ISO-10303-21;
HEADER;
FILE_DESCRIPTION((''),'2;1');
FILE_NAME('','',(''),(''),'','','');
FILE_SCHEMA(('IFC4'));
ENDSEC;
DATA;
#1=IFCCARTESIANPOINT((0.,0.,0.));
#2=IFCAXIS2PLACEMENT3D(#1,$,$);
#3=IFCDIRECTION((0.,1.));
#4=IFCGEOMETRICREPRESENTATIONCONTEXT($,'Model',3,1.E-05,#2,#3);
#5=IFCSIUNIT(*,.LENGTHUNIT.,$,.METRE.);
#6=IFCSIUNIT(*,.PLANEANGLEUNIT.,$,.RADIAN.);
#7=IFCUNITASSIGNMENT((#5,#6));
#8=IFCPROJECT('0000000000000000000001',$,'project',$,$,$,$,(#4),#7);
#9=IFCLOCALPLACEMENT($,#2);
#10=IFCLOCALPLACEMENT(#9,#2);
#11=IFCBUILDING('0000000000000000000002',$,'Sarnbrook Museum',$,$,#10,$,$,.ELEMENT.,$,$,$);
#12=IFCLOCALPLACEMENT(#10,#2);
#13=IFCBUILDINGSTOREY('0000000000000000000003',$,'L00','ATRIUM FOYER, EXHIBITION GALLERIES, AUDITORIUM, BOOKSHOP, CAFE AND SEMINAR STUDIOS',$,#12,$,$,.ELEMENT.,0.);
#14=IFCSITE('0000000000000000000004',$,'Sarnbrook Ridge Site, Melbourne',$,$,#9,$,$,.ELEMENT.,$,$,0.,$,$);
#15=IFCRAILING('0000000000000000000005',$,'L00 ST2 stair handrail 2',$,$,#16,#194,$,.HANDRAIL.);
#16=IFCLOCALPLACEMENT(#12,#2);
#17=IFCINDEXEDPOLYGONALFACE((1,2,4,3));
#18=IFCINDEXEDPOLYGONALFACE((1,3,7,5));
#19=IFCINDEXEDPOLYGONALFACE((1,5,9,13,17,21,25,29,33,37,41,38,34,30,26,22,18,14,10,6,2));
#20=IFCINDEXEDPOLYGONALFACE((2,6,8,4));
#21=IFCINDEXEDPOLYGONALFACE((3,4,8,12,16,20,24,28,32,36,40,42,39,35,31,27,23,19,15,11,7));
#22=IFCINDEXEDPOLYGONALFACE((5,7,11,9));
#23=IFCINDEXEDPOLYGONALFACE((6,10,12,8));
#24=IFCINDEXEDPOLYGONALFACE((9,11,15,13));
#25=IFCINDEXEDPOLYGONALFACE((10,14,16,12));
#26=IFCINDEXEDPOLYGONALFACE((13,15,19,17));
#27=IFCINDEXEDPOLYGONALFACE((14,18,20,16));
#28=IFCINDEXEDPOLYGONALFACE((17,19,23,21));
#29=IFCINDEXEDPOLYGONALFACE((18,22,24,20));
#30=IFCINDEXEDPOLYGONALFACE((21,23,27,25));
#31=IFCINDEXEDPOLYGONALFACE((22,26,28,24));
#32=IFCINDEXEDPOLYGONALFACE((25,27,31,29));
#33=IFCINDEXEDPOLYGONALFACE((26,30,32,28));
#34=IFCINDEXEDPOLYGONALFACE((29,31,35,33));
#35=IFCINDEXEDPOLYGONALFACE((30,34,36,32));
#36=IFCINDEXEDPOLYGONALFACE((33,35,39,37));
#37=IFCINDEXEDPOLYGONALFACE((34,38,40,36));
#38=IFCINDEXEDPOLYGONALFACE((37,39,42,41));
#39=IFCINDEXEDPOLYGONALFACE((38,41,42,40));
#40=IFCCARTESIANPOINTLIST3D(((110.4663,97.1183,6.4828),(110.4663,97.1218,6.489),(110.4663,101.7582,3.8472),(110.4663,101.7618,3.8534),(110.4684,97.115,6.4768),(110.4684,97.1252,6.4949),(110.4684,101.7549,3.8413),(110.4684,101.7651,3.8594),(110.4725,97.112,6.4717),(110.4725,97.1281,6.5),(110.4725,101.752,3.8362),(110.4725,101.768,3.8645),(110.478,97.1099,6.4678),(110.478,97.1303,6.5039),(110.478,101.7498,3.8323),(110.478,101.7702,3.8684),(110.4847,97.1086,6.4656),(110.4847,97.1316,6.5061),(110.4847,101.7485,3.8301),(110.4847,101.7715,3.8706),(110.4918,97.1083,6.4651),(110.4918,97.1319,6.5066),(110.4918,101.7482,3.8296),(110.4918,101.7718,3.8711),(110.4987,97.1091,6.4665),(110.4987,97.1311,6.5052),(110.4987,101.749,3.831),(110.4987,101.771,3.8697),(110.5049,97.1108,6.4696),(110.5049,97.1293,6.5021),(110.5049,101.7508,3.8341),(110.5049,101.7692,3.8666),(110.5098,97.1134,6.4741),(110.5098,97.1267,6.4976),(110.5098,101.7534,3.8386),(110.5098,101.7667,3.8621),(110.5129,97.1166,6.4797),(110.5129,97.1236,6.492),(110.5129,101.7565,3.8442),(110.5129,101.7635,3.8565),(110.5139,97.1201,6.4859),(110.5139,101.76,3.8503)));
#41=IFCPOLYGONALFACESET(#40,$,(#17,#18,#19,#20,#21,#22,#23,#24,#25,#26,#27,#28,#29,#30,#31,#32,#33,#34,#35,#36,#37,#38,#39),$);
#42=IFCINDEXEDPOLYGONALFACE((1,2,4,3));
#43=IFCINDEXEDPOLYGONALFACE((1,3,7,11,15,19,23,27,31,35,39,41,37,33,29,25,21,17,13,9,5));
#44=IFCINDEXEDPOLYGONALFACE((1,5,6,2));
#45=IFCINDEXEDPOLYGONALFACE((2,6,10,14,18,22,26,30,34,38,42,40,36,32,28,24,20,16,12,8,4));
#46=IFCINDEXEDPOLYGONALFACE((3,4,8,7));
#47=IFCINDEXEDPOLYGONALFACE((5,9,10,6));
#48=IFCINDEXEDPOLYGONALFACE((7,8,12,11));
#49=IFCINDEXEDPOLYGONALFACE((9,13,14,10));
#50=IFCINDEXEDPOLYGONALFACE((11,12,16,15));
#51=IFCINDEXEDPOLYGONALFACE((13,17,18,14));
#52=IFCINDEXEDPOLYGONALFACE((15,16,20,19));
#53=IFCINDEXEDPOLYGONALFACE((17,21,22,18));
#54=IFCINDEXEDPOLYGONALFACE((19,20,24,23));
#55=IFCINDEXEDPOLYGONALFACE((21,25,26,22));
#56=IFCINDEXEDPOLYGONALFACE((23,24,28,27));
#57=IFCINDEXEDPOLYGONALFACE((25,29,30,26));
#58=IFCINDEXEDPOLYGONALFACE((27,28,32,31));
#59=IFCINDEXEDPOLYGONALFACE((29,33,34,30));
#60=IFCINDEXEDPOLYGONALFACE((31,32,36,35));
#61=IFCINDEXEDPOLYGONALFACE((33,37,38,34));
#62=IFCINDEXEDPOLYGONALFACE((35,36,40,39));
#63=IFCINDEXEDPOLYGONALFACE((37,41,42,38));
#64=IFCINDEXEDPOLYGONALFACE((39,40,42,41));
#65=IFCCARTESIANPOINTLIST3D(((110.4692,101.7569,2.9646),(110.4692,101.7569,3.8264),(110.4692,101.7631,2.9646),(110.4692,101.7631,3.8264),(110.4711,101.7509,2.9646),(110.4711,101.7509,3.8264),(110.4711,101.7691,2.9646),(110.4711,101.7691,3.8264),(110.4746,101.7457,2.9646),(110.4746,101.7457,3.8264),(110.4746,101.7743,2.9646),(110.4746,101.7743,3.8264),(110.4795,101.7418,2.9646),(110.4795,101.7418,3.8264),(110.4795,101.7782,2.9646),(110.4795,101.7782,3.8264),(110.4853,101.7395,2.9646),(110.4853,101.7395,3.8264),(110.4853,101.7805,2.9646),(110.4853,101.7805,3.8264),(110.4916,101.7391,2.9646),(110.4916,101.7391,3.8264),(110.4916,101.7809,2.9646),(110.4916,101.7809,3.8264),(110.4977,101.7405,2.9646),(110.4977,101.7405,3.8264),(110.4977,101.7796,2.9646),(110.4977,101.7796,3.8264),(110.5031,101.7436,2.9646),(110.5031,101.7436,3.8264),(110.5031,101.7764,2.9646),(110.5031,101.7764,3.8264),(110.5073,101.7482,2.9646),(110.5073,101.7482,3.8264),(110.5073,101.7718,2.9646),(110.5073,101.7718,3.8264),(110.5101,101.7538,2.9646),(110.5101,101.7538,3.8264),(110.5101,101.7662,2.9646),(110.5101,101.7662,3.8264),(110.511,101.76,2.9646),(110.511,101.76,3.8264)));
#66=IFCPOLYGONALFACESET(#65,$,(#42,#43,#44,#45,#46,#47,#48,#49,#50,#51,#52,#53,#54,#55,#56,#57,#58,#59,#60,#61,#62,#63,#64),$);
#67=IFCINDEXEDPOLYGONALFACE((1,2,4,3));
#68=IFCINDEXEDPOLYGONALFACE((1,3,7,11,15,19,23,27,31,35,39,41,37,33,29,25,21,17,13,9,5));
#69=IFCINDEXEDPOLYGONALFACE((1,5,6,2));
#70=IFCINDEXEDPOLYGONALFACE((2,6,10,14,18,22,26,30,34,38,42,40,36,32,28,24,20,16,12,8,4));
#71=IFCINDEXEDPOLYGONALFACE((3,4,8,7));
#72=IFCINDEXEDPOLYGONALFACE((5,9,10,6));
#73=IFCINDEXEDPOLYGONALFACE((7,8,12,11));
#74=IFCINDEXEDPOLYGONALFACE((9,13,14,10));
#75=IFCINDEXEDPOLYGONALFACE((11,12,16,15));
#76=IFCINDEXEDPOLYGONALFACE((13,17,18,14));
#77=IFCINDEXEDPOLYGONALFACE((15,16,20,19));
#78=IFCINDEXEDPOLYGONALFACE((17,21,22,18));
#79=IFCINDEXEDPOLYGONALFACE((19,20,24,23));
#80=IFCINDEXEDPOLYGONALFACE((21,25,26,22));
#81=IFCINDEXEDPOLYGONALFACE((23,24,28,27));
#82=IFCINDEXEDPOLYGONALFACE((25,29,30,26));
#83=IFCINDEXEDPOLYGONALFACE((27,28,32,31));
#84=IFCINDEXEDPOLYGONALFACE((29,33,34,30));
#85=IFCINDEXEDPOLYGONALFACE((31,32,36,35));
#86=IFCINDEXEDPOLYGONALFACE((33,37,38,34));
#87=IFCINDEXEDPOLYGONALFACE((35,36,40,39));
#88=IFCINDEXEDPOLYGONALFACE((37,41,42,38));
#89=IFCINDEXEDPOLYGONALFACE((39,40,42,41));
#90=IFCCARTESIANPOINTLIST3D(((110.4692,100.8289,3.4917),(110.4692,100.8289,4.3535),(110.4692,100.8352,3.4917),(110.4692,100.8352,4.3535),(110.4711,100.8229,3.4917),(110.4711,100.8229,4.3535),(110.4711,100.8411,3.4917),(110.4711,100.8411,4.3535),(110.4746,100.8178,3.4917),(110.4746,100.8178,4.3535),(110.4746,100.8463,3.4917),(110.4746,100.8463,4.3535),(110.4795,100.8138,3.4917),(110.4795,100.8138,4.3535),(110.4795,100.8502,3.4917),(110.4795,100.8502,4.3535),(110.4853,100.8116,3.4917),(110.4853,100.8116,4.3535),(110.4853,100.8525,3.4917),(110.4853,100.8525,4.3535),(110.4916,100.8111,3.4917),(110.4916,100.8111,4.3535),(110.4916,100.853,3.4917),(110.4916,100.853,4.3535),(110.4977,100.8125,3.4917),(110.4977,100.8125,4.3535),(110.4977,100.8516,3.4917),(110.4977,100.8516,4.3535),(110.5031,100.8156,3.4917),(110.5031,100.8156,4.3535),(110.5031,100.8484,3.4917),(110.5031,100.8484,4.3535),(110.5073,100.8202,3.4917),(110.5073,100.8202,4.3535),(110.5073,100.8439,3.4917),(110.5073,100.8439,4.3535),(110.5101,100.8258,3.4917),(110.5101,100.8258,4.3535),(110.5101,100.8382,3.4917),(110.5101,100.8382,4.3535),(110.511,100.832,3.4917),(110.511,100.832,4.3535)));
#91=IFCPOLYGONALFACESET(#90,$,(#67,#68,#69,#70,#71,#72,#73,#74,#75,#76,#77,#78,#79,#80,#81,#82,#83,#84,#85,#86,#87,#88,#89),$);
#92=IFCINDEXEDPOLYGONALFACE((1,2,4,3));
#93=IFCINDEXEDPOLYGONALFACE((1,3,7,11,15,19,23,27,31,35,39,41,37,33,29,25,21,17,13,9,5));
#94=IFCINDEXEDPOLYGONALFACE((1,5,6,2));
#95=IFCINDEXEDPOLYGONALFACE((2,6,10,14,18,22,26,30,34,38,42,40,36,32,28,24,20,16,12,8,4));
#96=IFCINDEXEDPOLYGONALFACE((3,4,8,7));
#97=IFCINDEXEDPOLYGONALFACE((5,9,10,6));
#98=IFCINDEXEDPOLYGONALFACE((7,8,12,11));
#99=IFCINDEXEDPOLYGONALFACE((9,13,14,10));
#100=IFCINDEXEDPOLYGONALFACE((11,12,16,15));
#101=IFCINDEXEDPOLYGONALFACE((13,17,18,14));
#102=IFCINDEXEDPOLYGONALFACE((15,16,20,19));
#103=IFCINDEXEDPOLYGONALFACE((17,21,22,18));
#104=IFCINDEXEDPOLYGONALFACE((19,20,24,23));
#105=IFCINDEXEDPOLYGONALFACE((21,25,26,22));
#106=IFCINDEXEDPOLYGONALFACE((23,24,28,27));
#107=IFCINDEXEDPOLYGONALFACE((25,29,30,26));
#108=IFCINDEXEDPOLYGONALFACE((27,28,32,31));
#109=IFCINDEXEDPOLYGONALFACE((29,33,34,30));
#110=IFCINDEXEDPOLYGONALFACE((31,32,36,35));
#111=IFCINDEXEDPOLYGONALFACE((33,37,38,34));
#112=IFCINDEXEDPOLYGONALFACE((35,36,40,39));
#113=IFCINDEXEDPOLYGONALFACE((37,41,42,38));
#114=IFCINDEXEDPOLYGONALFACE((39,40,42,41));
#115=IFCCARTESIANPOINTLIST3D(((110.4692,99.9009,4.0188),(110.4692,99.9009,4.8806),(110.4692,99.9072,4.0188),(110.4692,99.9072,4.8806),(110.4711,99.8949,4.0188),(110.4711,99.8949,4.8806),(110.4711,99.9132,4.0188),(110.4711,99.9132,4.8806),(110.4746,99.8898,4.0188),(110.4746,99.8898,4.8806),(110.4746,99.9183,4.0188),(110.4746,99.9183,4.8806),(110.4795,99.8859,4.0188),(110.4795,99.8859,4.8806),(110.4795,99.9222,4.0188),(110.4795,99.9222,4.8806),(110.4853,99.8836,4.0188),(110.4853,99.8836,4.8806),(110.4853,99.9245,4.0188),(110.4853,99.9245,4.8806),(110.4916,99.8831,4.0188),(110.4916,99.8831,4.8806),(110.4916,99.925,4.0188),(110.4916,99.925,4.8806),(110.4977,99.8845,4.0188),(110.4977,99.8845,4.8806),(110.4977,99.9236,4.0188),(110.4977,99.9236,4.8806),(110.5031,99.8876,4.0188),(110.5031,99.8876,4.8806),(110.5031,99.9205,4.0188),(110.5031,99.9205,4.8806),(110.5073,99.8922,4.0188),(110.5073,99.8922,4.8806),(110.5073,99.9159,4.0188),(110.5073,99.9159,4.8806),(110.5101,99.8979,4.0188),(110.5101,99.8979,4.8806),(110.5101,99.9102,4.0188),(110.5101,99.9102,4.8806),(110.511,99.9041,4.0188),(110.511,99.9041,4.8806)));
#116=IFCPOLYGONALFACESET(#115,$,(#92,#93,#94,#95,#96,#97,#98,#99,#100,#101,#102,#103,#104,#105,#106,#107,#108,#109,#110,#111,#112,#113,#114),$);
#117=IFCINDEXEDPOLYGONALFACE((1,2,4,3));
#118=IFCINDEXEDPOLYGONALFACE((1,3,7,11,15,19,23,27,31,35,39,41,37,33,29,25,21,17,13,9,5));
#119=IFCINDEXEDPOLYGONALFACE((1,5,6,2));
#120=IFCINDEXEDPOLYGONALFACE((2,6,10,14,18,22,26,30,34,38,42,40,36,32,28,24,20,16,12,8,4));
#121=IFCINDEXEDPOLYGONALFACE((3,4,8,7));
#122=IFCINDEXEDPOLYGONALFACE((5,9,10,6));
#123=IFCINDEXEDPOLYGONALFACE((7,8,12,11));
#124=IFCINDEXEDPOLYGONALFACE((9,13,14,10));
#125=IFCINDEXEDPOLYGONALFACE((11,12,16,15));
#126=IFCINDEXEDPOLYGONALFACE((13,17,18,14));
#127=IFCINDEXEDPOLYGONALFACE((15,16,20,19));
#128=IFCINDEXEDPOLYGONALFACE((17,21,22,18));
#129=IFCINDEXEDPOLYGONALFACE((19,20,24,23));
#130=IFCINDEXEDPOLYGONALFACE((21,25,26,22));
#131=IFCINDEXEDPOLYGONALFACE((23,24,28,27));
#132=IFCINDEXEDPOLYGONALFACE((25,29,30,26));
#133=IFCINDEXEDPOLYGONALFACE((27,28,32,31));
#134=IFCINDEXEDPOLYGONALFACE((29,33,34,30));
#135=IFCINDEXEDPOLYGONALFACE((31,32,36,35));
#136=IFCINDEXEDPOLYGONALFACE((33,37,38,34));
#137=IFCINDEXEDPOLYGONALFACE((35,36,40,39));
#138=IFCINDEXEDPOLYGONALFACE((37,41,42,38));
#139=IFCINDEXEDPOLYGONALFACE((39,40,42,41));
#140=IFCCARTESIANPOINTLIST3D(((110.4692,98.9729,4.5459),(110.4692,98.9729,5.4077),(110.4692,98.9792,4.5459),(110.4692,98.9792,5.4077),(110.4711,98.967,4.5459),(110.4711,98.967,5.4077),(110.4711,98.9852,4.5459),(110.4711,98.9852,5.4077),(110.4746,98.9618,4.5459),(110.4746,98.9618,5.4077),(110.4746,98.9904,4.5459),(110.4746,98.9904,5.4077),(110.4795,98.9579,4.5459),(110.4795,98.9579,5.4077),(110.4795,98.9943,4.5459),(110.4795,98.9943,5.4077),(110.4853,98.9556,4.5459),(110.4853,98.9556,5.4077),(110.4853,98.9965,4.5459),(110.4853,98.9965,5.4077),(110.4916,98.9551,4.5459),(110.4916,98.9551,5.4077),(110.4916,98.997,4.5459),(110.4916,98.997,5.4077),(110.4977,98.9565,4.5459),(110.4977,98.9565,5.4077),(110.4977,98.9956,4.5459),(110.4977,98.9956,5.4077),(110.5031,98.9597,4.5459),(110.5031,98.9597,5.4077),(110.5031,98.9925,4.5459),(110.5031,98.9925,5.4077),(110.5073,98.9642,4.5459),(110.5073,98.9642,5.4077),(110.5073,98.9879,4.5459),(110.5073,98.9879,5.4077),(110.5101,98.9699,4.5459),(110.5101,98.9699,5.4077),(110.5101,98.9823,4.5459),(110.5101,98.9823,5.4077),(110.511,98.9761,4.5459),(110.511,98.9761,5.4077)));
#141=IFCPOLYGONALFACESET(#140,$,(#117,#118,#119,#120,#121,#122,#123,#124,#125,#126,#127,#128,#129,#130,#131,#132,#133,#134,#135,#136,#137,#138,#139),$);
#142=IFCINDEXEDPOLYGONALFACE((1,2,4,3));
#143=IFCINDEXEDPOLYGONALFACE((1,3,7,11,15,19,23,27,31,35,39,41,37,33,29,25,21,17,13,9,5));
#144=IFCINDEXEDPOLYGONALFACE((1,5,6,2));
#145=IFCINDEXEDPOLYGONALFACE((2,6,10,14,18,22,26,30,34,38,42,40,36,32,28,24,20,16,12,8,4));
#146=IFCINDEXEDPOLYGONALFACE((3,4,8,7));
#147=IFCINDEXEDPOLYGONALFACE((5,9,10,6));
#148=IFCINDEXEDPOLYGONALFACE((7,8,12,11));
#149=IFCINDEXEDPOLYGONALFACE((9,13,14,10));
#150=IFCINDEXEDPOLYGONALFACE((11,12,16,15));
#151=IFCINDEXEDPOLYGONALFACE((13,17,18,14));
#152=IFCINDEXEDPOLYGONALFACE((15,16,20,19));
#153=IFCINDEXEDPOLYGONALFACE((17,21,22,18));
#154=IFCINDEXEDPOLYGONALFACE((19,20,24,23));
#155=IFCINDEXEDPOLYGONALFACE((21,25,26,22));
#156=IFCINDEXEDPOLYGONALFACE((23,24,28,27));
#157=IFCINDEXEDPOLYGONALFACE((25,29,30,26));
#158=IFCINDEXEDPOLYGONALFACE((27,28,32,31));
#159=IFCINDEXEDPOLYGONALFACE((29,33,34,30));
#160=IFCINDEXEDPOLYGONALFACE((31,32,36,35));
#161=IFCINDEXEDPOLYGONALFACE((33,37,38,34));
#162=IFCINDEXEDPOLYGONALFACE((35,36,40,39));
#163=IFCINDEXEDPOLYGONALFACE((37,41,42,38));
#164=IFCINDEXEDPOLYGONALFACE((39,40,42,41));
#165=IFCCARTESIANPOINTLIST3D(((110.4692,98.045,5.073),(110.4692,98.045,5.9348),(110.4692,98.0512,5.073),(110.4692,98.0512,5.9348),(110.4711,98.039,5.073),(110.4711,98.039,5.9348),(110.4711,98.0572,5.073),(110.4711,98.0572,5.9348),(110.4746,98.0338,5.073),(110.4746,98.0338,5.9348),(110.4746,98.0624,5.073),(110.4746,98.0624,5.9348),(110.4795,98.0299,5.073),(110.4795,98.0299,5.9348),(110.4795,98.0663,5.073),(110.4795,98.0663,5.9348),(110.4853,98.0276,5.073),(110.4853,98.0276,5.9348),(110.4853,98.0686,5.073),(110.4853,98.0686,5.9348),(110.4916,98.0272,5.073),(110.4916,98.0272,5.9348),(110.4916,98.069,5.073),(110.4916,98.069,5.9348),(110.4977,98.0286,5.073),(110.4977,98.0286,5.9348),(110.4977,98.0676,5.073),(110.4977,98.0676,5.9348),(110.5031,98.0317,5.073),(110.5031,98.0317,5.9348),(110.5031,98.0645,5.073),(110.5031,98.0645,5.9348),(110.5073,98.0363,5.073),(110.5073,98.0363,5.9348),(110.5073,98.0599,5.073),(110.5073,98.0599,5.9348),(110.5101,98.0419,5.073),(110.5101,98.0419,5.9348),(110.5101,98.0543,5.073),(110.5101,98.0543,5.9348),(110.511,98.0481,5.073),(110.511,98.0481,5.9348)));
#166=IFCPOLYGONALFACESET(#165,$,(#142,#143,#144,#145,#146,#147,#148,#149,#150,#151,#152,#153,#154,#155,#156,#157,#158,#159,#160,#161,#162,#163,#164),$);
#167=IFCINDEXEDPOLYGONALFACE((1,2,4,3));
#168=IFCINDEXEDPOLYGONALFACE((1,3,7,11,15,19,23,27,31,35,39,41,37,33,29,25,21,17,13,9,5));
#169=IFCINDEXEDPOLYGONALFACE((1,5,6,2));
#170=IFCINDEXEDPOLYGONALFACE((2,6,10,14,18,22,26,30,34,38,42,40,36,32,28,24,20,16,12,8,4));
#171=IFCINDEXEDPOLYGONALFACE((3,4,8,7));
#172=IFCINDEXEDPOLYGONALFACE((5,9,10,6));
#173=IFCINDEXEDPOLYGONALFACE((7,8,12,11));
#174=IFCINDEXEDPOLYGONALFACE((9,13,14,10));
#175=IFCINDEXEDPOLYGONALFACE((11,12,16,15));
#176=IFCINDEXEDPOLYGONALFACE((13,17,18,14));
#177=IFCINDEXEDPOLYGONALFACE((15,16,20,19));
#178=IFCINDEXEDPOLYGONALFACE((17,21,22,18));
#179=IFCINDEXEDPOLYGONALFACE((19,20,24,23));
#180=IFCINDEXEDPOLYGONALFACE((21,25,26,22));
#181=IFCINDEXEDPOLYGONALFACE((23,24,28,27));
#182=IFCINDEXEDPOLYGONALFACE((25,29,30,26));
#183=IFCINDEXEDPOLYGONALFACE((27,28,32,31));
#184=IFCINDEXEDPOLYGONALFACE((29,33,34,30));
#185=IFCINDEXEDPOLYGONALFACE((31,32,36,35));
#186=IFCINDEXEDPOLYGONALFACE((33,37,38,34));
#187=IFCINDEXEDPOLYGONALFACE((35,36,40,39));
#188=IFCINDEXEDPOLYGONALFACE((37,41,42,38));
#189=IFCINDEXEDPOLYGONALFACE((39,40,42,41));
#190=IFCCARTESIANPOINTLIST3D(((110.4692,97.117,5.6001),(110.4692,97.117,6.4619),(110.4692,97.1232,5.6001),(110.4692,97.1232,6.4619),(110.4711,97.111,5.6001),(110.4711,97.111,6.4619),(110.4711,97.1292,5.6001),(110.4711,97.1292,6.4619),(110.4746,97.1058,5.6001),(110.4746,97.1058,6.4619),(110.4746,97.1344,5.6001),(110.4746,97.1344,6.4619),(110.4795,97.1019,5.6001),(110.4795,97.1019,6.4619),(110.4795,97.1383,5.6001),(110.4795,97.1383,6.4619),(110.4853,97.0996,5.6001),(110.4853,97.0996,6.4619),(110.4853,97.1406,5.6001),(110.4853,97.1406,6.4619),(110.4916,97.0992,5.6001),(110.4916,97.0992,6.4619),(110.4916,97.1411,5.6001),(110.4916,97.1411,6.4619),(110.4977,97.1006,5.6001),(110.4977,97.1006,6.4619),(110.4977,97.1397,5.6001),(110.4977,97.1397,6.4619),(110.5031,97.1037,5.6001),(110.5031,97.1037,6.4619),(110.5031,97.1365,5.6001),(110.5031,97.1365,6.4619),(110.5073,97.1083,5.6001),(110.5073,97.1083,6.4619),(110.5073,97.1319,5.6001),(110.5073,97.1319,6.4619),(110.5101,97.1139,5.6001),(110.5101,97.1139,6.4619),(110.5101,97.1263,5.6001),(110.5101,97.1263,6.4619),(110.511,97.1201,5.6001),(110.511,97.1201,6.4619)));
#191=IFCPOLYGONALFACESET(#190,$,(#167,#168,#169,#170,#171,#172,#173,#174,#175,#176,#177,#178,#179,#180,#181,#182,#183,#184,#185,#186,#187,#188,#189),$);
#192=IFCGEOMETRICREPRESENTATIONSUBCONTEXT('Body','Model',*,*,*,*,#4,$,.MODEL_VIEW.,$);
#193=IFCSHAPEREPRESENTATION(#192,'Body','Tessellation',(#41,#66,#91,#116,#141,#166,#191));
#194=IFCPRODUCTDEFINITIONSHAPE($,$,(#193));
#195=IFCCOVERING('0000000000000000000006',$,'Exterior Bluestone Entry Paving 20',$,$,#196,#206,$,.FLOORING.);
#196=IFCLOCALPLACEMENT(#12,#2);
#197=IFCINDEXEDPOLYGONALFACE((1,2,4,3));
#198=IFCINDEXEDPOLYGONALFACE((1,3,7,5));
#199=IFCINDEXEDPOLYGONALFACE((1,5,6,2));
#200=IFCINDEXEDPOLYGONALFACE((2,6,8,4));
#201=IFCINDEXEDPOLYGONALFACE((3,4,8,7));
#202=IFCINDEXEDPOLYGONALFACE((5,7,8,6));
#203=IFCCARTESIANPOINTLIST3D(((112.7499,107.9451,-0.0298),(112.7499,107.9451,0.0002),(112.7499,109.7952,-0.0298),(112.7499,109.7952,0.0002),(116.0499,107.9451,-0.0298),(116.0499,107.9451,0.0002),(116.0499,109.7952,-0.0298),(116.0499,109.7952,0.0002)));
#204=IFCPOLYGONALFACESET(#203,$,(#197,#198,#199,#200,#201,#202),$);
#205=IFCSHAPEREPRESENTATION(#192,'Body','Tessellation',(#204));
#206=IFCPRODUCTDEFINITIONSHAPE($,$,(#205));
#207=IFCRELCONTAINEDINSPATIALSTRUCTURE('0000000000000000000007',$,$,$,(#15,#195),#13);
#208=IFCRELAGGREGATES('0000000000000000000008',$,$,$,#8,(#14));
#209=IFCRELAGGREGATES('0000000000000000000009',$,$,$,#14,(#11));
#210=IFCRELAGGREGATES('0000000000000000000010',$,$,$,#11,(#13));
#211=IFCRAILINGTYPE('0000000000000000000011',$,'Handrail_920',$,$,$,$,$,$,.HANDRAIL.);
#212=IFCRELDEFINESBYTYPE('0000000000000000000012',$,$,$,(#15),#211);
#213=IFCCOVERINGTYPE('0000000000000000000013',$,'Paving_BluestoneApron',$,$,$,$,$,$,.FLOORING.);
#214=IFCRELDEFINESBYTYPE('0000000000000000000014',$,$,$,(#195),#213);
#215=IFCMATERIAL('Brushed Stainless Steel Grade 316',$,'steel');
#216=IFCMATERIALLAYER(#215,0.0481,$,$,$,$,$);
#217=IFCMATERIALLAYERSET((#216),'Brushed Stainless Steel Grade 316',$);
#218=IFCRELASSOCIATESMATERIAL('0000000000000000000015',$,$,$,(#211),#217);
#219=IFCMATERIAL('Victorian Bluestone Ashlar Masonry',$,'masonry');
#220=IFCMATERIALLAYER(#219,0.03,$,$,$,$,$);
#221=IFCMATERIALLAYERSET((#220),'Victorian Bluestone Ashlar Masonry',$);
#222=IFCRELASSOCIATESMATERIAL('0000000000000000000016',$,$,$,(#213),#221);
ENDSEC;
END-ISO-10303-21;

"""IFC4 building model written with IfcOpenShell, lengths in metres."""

from ifc_helpers import new_model, si_unit, direction, frame, origin, origin_2d, place, context, subcontext, project, spatial, rectangle, circle, extrude, material, layer, layer_set, type_object, element, save


model = new_model("IFC4")

# Units and contexts
model_context = context("Model", 3, precision=1e-05, world=origin(), true_north=direction((0.0, 1.0)))
body_context = subcontext(model_context, "Body", "Model", "MODEL_VIEW")
ifc_project = project(units=[si_unit("LENGTHUNIT", "METRE"), si_unit("PLANEANGLEUNIT", "RADIAN")], contexts=[model_context])

# Site, building, storey
site_placement = place(None, origin())
site = spatial("IfcSite", under=ifc_project, at=site_placement, Name="Sarnbrook Ridge Site, Melbourne", CompositionType="ELEMENT", RefElevation=0.0)
building_placement = place(site_placement, origin())
building = spatial("IfcBuilding", under=site, at=building_placement, Name="Sarnbrook Museum", CompositionType="ELEMENT")
storey_placement = place(building_placement, origin())
storey = spatial("IfcBuildingStorey", under=building, at=storey_placement, Name="L00", Description="ATRIUM FOYER, EXHIBITION GALLERIES, AUDITORIUM, BOOKSHOP, CAFE AND SEMINAR STUDIOS", CompositionType="ELEMENT", Elevation=0.0)

# Shared definitions
ifc_material_1 = material(Name="Brushed Stainless Steel Grade 316", Category="steel")

# Railing
ifc_layer_1 = layer(ifc_material_1, 0.0481)
ifc_layer_set_1 = layer_set([ifc_layer_1], Name="Brushed Stainless Steel Grade 316")
railing_type_1 = type_object("IfcRailingType", Name="Handrail_920", PredefinedType="HANDRAIL", material=ifc_layer_set_1)
railing_1_placement = place(storey_placement, frame((110.49, 101.76, 2.9646)))
element("IfcRailing", 1, at=railing_1_placement, inside=storey, type_object=railing_type_1, Name="L00 ST2 stair handrail 2", PredefinedType="HANDRAIL", context=body_context, shape_type="SweptSolid", body=[
    extrude(circle(Radius=0.0239, at=origin_2d()), frame((0.0, 0.0, 0.8857), z_axis=(0.0, -0.869521, 0.493895), x_axis=(1.0, 0.0, 0.0)), (0.0, 0.0, 1.0), 5.3362),
    extrude(circle(Radius=0.021, at=origin_2d()), origin(), (0.0, 0.0, 1.0), 0.8618),
    extrude(circle(Radius=0.021, at=origin_2d()), frame((0.0, -0.928, 0.5271)), (0.0, 0.0, 1.0), 0.8618),
    extrude(circle(Radius=0.021, at=origin_2d()), frame((0.0, -1.856, 1.0542)), (0.0, 0.0, 1.0), 0.8618),
    extrude(circle(Radius=0.021, at=origin_2d()), frame((0.0, -2.7839, 1.5813)), (0.0, 0.0, 1.0), 0.8618),
    extrude(circle(Radius=0.021, at=origin_2d()), frame((0.0, -3.7119, 2.1084)), (0.0, 0.0, 1.0), 0.8618),
    extrude(circle(Radius=0.021, at=origin_2d()), frame((0.0, -4.6399, 2.6355)), (0.0, 0.0, 1.0), 0.8618),
])

# Covering
ifc_material_2 = material(Name="Victorian Bluestone Ashlar Masonry", Category="masonry")
ifc_layer_2 = layer(ifc_material_2, 0.03)
ifc_layer_set_2 = layer_set([ifc_layer_2], Name="Victorian Bluestone Ashlar Masonry")
covering_type = type_object("IfcCoveringType", Name="Paving_BluestoneApron", PredefinedType="FLOORING", material=ifc_layer_set_2)
covering_placement = place(storey_placement, frame((114.3999, 108.8701, -0.0298), z_axis=(0.0, 0.0, 1.0), x_axis=(1.0, 0.0, 0.0)))
element("IfcCovering", 2, at=covering_placement, inside=storey, type_object=covering_type, Name="Exterior Bluestone Entry Paving 20", PredefinedType="FLOORING", context=body_context, shape_type="SweptSolid", body=[
    extrude(rectangle(XDim=3.3, YDim=1.8501, at=origin_2d()), origin(), (0.0, 0.0, 1.0), 0.03),
])

save(model, "model.ifc")
